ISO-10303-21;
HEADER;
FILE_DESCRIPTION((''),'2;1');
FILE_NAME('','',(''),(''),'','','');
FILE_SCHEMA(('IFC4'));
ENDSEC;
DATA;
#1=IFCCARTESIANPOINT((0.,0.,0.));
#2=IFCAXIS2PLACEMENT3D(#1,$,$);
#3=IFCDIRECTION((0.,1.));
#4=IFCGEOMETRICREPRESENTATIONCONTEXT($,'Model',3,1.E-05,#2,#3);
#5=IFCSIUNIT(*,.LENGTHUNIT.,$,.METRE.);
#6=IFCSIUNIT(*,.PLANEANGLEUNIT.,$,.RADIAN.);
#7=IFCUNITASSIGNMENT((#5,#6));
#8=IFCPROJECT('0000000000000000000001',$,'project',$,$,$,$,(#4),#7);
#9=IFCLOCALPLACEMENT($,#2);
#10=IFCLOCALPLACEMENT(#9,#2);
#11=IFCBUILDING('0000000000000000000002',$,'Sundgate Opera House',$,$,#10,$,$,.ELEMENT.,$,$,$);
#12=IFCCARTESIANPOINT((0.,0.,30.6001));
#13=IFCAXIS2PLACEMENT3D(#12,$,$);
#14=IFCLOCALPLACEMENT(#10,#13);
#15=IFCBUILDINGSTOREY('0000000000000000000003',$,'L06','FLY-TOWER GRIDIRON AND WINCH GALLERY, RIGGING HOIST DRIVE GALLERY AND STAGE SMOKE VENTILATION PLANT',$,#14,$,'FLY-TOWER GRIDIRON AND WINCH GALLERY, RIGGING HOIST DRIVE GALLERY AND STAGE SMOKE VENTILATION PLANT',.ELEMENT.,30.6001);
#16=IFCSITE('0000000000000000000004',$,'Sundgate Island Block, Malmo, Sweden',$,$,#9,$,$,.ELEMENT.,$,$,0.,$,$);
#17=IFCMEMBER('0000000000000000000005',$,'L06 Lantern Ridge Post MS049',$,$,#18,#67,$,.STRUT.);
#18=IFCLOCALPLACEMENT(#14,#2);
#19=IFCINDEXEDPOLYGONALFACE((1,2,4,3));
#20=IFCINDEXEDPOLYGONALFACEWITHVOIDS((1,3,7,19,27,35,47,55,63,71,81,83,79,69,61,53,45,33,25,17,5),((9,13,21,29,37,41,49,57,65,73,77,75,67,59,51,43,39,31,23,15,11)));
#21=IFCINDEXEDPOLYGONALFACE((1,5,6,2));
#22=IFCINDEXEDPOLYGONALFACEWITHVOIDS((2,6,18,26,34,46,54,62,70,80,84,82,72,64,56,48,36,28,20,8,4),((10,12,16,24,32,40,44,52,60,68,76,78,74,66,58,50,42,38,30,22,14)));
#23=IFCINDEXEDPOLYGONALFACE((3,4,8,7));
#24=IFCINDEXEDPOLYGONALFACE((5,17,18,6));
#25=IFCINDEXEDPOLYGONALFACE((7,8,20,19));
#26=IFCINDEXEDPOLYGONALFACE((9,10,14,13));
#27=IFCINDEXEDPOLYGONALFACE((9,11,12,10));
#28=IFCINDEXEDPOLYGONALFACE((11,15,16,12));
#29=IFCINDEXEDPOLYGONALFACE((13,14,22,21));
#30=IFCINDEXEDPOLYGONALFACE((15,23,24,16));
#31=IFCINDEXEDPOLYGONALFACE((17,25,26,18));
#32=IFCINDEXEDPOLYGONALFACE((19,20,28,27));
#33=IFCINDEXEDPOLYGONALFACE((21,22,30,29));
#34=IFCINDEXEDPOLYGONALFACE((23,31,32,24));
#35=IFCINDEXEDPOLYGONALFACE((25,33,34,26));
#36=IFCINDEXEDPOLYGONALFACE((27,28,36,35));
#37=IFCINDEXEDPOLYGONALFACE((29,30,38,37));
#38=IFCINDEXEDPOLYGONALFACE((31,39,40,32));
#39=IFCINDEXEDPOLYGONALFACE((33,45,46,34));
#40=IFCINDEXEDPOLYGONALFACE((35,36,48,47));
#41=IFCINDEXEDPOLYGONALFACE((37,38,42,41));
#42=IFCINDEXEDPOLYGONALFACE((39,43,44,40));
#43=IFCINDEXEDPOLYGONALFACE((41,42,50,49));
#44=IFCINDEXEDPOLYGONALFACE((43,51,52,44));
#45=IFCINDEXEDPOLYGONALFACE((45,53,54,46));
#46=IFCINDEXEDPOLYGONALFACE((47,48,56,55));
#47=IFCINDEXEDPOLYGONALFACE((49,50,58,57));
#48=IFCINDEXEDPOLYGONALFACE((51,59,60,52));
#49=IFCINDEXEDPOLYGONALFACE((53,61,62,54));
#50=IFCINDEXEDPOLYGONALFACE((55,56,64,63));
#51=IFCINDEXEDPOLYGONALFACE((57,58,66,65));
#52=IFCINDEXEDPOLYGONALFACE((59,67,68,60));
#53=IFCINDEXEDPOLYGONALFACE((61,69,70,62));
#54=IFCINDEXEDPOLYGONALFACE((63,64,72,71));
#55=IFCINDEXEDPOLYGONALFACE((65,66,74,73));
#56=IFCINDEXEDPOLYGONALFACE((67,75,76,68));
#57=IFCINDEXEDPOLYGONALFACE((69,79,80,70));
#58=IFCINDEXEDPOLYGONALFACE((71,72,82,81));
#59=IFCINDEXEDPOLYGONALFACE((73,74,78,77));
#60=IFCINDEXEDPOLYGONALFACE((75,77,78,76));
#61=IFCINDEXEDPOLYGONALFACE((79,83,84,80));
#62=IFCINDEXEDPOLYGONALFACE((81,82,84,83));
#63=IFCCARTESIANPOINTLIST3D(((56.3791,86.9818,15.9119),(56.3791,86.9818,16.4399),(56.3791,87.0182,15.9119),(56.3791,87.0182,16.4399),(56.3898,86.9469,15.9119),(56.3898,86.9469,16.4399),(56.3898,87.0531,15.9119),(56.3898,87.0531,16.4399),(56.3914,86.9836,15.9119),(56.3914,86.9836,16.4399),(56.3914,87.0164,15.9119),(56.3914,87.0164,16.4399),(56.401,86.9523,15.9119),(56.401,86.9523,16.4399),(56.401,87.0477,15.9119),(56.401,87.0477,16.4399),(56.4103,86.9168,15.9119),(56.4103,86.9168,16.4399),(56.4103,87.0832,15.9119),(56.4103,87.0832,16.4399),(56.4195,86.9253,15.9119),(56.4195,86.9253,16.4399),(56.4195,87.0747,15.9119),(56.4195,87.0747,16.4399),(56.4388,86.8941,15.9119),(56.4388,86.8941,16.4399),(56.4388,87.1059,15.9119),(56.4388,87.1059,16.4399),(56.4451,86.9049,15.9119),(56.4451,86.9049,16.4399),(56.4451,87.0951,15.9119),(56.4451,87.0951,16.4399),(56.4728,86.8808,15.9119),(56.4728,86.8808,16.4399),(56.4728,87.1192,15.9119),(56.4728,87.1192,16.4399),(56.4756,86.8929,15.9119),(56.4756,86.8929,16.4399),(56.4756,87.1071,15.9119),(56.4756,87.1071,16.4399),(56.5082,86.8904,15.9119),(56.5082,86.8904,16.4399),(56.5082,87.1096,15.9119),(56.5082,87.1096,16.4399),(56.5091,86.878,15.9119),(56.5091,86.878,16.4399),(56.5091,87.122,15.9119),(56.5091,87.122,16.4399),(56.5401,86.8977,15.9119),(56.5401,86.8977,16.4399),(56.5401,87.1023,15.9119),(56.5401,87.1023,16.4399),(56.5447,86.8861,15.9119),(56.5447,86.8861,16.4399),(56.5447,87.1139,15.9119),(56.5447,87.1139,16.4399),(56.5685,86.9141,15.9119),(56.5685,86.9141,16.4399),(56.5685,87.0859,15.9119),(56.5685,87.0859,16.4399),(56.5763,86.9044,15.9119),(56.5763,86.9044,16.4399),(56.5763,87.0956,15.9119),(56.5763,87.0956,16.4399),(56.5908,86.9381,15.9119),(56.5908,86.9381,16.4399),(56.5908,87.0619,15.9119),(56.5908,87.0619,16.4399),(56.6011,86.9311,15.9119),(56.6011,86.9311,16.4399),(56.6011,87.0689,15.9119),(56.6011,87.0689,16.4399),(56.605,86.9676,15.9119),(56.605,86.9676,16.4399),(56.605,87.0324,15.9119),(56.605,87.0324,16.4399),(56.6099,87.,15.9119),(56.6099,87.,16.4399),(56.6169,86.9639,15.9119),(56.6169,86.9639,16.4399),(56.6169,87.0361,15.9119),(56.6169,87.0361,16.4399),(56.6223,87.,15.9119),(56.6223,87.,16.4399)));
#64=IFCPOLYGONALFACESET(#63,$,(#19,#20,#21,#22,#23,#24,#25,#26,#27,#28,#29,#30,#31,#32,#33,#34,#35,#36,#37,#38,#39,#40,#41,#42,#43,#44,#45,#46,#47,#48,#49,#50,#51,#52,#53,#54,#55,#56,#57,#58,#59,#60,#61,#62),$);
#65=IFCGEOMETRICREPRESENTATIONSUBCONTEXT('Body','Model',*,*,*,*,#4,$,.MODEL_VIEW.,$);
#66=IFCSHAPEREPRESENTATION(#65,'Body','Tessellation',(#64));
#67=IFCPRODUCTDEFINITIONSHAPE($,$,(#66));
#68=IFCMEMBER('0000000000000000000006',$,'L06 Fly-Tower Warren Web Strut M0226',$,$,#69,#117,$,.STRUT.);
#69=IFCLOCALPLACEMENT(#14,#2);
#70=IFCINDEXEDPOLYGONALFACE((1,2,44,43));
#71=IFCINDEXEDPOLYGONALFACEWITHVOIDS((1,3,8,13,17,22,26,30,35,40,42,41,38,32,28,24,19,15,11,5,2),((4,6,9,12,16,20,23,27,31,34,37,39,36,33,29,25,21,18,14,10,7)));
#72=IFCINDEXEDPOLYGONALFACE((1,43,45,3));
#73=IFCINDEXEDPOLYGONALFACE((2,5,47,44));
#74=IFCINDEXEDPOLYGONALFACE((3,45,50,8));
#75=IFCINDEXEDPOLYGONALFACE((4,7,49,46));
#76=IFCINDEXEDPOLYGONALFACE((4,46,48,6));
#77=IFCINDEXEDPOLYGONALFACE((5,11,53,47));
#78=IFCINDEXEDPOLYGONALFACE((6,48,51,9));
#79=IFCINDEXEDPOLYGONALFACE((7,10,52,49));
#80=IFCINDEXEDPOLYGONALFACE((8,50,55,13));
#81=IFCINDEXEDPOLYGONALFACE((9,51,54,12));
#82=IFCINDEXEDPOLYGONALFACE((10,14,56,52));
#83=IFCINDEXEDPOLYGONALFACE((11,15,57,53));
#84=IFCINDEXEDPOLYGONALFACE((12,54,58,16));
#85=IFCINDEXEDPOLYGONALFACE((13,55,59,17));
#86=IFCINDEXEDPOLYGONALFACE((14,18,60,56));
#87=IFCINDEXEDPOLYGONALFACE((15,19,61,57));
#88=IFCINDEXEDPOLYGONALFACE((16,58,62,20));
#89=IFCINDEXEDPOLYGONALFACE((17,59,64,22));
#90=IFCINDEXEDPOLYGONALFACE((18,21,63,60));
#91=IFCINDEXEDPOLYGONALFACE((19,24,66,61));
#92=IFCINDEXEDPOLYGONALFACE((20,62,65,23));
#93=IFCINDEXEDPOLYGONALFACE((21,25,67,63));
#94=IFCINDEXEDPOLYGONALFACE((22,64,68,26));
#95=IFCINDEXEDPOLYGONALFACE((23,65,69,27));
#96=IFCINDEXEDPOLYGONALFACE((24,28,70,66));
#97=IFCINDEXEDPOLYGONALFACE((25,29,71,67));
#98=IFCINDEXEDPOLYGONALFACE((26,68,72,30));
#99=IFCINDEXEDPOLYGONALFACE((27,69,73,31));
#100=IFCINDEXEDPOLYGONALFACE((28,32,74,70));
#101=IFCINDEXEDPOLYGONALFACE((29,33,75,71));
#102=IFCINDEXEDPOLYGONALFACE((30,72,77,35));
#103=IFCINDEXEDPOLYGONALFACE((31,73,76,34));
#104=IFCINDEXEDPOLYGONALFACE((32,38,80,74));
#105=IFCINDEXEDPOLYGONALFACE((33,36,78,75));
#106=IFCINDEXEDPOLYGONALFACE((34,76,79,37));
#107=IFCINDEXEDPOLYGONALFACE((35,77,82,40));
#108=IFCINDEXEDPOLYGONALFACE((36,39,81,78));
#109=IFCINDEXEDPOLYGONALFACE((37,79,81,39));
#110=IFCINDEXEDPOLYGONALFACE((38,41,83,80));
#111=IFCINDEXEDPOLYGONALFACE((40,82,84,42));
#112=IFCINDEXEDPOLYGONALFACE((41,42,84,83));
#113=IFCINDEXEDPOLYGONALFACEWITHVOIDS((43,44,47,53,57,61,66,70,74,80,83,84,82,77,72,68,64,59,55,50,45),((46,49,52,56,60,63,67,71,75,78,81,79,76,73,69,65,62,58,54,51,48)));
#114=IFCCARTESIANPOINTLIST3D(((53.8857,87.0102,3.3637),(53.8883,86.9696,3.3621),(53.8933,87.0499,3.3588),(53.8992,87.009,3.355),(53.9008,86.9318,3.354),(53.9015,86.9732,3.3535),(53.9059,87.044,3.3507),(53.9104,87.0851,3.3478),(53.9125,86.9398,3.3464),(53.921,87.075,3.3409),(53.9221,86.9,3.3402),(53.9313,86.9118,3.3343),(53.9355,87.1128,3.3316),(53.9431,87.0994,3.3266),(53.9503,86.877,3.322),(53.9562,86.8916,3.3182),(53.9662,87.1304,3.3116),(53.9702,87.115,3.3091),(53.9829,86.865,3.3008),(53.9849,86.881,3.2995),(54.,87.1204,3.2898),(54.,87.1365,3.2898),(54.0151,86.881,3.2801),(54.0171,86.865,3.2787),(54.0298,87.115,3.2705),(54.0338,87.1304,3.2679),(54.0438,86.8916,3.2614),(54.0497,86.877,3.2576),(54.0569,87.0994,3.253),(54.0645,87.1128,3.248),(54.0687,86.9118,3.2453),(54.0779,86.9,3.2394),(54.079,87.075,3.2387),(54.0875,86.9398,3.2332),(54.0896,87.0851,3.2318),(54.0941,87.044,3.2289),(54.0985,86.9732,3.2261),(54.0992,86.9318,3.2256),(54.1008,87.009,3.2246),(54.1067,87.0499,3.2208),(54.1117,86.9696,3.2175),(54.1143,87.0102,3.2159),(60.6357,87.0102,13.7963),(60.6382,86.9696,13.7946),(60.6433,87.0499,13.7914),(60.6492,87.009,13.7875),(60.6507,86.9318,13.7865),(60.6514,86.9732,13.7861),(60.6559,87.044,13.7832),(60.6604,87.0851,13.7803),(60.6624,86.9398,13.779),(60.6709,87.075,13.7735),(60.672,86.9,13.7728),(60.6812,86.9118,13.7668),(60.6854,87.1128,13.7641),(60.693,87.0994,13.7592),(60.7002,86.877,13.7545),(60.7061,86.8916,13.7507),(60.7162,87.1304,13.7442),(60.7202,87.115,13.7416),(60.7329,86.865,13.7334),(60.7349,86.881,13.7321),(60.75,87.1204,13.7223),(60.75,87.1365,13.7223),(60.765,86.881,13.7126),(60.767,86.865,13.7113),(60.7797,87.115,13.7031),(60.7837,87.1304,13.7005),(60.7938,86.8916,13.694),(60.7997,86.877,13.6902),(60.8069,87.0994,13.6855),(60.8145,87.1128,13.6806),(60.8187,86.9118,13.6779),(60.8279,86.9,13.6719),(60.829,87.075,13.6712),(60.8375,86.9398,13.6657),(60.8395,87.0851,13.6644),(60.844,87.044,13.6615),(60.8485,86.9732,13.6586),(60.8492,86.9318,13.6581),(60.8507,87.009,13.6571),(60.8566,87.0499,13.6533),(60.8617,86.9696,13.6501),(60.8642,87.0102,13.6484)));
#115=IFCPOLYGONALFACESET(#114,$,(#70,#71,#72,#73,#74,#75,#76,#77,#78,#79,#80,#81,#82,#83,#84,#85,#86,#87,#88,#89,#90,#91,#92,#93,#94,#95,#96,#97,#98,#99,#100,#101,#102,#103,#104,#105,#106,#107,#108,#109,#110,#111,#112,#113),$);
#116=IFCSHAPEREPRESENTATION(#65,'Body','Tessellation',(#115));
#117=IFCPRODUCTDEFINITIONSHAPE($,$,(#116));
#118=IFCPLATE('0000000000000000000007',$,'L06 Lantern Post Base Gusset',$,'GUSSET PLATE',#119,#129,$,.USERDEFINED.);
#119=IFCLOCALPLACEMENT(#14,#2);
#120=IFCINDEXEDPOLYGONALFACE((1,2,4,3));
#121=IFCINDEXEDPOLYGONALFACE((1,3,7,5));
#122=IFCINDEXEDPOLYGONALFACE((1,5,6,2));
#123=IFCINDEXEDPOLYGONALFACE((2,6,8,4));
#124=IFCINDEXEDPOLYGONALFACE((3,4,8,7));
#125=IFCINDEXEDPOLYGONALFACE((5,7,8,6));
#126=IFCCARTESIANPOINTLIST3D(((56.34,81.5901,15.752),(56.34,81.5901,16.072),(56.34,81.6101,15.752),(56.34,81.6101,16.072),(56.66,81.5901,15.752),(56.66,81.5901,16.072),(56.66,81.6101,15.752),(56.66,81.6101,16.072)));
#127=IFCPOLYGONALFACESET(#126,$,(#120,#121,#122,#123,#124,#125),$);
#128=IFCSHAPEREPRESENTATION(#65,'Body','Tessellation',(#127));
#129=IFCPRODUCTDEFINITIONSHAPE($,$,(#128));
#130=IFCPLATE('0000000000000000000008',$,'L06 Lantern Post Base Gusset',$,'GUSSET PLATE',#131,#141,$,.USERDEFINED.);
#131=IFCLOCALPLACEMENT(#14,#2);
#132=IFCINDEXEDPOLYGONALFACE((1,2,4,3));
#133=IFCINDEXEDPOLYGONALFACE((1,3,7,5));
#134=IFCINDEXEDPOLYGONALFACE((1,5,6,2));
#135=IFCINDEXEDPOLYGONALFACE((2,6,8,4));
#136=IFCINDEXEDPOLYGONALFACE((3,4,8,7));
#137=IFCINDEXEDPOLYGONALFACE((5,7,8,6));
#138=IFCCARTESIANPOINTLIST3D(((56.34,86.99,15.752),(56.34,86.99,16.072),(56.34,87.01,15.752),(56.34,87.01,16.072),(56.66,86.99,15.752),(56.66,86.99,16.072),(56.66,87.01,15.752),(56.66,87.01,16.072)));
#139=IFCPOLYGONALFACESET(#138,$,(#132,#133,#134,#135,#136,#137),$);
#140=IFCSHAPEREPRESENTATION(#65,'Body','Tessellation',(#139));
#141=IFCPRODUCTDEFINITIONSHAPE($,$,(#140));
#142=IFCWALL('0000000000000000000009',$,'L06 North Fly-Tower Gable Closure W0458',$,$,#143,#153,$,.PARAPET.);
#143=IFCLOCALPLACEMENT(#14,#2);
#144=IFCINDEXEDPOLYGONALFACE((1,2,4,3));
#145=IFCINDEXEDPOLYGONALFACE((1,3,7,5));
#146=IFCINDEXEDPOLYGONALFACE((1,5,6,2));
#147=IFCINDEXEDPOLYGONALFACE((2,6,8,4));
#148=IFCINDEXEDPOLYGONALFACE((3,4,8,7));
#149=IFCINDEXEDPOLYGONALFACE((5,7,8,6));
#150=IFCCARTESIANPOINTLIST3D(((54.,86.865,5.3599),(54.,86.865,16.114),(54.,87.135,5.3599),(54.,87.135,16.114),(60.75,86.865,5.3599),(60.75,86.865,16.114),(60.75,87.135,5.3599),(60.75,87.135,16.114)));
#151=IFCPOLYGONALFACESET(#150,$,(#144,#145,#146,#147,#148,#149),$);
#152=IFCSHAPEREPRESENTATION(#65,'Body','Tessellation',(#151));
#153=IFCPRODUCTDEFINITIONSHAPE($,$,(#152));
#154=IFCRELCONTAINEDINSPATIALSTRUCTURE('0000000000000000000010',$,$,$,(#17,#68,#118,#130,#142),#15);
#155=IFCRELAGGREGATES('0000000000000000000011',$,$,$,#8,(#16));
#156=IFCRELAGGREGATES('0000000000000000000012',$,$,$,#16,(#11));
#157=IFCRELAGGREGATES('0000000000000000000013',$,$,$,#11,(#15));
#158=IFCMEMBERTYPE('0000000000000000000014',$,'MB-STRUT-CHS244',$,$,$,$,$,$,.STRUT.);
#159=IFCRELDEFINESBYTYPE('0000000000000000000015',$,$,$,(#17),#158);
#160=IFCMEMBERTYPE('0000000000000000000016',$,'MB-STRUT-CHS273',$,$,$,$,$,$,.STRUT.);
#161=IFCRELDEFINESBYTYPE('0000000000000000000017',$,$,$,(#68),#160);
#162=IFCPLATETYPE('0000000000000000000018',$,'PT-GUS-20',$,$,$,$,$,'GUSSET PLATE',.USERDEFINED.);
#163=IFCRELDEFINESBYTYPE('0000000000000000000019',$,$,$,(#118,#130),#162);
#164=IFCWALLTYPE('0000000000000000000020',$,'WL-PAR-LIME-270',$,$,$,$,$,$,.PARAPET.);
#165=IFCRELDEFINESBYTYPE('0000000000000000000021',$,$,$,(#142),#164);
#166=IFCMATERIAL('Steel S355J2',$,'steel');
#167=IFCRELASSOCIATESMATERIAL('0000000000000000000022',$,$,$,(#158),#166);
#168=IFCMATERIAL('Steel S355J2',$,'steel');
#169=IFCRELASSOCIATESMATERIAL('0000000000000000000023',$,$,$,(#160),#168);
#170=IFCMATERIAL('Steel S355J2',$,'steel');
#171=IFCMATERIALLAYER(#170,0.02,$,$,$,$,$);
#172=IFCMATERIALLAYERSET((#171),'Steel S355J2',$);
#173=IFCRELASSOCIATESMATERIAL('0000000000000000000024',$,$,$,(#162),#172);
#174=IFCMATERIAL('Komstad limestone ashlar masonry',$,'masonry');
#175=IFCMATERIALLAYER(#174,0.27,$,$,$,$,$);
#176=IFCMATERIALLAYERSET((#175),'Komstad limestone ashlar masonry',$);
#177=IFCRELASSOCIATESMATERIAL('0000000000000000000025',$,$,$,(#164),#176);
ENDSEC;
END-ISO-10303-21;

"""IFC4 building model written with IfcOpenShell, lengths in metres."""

from ifc_helpers import new_model, si_unit, direction, frame, frame_2d, origin, origin_2d, place, context, subcontext, project, spatial, rectangle, hollow_circle, extrude, material, layer, layer_set, material_profile, profile_set, type_object, element, save


model = new_model("IFC4")

# Units and contexts
model_context = context("Model", 3, precision=1e-05, world=origin(), true_north=direction((0.0, 1.0)))
body_context = subcontext(model_context, "Body", "Model", "MODEL_VIEW")
ifc_project = project(units=[si_unit("LENGTHUNIT", "METRE"), si_unit("PLANEANGLEUNIT", "RADIAN")], contexts=[model_context])

# Site, building, storey
site_placement = place(None, origin())
site = spatial("IfcSite", under=ifc_project, at=site_placement, Name="Sundgate Island Block, Malmo, Sweden", CompositionType="ELEMENT", RefElevation=0.0)
building_placement = place(site_placement, origin())
building = spatial("IfcBuilding", under=site, at=building_placement, Name="Sundgate Opera House", CompositionType="ELEMENT")
storey_placement = place(building_placement, frame((0.0, 0.0, 30.6001)))
storey = spatial("IfcBuildingStorey", under=building, at=storey_placement, Name="L06", Description="FLY-TOWER GRIDIRON AND WINCH GALLERY, RIGGING HOIST DRIVE GALLERY AND STAGE SMOKE VENTILATION PLANT", LongName="FLY-TOWER GRIDIRON AND WINCH GALLERY, RIGGING HOIST DRIVE GALLERY AND STAGE SMOKE VENTILATION PLANT", CompositionType="ELEMENT", Elevation=30.6001)

# Members
ifc_material_1 = material(Name="Steel S355J2", Category="steel")
ifc_material_profile_1 = material_profile(ifc_material_1, hollow_circle(Radius=0.1223, WallThickness=0.0125, at=origin_2d()), Name="CHS 244.5x12.5")
ifc_profile_set_1 = profile_set([ifc_material_profile_1], Name="Steel S355J2")
member_type_1 = type_object("IfcMemberType", Name="MB-STRUT-CHS244", PredefinedType="STRUT", material=ifc_profile_set_1)
for number, where, z_axis, x_axis, name in (
    (1, (56.5, 87.0, 15.9119), (0.0, 0.0, 1.0), (1.0, 0.0, 0.0), "L06 Lantern Ridge Post MS049"),
):
    element("IfcMember", number, at=place(storey_placement, frame(where, z_axis=z_axis, x_axis=x_axis)), inside=storey, type_object=member_type_1, Name=name, PredefinedType="STRUT", context=body_context, shape_type="SweptSolid", body=[
        extrude(hollow_circle(Radius=0.1223, WallThickness=0.0125, at=origin_2d()), origin(), (0.0, 0.0, 1.0), 0.5281),
    ])
ifc_material_2 = material(Name="Steel S355J2", Category="steel")
ifc_material_profile_2 = material_profile(ifc_material_2, hollow_circle(Radius=0.1365, WallThickness=0.0161, at=origin_2d()), Name="CHS 273.0x16.0")
ifc_profile_set_2 = profile_set([ifc_material_profile_2], Name="Steel S355J2")
member_type_2 = type_object("IfcMemberType", Name="MB-STRUT-CHS273", PredefinedType="STRUT", material=ifc_profile_set_2)
member_1_placement = place(storey_placement, frame((54.0, 87.0, 3.2898), z_axis=(0.543222, 0.0, 0.839589), x_axis=(0.0, 1.0, 0.0)))
element("IfcMember", 2, at=member_1_placement, inside=storey, type_object=member_type_2, Name="L06 Fly-Tower Warren Web Strut M0226", PredefinedType="STRUT", context=body_context, shape_type="SweptSolid", body=[
    extrude(hollow_circle(Radius=0.1365, WallThickness=0.0161, at=origin_2d()), origin(), (0.0, 0.0, 1.0), 12.4258),
])

# Plates
ifc_material_3 = material(Name="Steel S355J2", Category="steel")
ifc_layer_1 = layer(ifc_material_3, 0.02)
ifc_layer_set_1 = layer_set([ifc_layer_1], Name="Steel S355J2")
plate_type = type_object("IfcPlateType", Name="PT-GUS-20", ElementType="GUSSET PLATE", PredefinedType="USERDEFINED", material=ifc_layer_set_1)
for number, where, z_axis, x_axis, name in (
    (3, (56.5, 81.6001, 15.752), (0.0, 0.0, 1.0), (1.0, 0.0, 0.0), "L06 Lantern Post Base Gusset"),
    (4, (56.5, 87.0, 15.752), (0.0, 0.0, 1.0), (1.0, 0.0, 0.0), "L06 Lantern Post Base Gusset"),
):
    element("IfcPlate", number, at=place(storey_placement, frame(where, z_axis=z_axis, x_axis=x_axis)), inside=storey, type_object=plate_type, Name=name, ObjectType="GUSSET PLATE", PredefinedType="USERDEFINED", context=body_context, shape_type="SweptSolid", body=[
        extrude(rectangle(XDim=0.3201, YDim=0.02, at=origin_2d()), origin(), (0.0, 0.0, 1.0), 0.3201),
    ])

# Wall
ifc_material_4 = material(Name="Komstad limestone ashlar masonry", Category="masonry")
ifc_layer_2 = layer(ifc_material_4, 0.27)
ifc_layer_set_2 = layer_set([ifc_layer_2], Name="Komstad limestone ashlar masonry")
wall_type = type_object("IfcWallType", Name="WL-PAR-LIME-270", PredefinedType="PARAPET", material=ifc_layer_set_2)
wall_placement = place(storey_placement, frame((54.0, 87.0, 5.3599), z_axis=(0.0, 0.0, 1.0), x_axis=(1.0, 0.0, 0.0)))
element("IfcWall", 5, at=wall_placement, inside=storey, type_object=wall_type, Name="L06 North Fly-Tower Gable Closure W0458", PredefinedType="PARAPET", context=body_context, shape_type="SweptSolid", body=[
    extrude(rectangle(XDim=6.75, YDim=0.27, at=frame_2d((3.375, 0.0))), origin(), (0.0, 0.0, 1.0), 10.7542),
])

save(model, "model.ifc")
